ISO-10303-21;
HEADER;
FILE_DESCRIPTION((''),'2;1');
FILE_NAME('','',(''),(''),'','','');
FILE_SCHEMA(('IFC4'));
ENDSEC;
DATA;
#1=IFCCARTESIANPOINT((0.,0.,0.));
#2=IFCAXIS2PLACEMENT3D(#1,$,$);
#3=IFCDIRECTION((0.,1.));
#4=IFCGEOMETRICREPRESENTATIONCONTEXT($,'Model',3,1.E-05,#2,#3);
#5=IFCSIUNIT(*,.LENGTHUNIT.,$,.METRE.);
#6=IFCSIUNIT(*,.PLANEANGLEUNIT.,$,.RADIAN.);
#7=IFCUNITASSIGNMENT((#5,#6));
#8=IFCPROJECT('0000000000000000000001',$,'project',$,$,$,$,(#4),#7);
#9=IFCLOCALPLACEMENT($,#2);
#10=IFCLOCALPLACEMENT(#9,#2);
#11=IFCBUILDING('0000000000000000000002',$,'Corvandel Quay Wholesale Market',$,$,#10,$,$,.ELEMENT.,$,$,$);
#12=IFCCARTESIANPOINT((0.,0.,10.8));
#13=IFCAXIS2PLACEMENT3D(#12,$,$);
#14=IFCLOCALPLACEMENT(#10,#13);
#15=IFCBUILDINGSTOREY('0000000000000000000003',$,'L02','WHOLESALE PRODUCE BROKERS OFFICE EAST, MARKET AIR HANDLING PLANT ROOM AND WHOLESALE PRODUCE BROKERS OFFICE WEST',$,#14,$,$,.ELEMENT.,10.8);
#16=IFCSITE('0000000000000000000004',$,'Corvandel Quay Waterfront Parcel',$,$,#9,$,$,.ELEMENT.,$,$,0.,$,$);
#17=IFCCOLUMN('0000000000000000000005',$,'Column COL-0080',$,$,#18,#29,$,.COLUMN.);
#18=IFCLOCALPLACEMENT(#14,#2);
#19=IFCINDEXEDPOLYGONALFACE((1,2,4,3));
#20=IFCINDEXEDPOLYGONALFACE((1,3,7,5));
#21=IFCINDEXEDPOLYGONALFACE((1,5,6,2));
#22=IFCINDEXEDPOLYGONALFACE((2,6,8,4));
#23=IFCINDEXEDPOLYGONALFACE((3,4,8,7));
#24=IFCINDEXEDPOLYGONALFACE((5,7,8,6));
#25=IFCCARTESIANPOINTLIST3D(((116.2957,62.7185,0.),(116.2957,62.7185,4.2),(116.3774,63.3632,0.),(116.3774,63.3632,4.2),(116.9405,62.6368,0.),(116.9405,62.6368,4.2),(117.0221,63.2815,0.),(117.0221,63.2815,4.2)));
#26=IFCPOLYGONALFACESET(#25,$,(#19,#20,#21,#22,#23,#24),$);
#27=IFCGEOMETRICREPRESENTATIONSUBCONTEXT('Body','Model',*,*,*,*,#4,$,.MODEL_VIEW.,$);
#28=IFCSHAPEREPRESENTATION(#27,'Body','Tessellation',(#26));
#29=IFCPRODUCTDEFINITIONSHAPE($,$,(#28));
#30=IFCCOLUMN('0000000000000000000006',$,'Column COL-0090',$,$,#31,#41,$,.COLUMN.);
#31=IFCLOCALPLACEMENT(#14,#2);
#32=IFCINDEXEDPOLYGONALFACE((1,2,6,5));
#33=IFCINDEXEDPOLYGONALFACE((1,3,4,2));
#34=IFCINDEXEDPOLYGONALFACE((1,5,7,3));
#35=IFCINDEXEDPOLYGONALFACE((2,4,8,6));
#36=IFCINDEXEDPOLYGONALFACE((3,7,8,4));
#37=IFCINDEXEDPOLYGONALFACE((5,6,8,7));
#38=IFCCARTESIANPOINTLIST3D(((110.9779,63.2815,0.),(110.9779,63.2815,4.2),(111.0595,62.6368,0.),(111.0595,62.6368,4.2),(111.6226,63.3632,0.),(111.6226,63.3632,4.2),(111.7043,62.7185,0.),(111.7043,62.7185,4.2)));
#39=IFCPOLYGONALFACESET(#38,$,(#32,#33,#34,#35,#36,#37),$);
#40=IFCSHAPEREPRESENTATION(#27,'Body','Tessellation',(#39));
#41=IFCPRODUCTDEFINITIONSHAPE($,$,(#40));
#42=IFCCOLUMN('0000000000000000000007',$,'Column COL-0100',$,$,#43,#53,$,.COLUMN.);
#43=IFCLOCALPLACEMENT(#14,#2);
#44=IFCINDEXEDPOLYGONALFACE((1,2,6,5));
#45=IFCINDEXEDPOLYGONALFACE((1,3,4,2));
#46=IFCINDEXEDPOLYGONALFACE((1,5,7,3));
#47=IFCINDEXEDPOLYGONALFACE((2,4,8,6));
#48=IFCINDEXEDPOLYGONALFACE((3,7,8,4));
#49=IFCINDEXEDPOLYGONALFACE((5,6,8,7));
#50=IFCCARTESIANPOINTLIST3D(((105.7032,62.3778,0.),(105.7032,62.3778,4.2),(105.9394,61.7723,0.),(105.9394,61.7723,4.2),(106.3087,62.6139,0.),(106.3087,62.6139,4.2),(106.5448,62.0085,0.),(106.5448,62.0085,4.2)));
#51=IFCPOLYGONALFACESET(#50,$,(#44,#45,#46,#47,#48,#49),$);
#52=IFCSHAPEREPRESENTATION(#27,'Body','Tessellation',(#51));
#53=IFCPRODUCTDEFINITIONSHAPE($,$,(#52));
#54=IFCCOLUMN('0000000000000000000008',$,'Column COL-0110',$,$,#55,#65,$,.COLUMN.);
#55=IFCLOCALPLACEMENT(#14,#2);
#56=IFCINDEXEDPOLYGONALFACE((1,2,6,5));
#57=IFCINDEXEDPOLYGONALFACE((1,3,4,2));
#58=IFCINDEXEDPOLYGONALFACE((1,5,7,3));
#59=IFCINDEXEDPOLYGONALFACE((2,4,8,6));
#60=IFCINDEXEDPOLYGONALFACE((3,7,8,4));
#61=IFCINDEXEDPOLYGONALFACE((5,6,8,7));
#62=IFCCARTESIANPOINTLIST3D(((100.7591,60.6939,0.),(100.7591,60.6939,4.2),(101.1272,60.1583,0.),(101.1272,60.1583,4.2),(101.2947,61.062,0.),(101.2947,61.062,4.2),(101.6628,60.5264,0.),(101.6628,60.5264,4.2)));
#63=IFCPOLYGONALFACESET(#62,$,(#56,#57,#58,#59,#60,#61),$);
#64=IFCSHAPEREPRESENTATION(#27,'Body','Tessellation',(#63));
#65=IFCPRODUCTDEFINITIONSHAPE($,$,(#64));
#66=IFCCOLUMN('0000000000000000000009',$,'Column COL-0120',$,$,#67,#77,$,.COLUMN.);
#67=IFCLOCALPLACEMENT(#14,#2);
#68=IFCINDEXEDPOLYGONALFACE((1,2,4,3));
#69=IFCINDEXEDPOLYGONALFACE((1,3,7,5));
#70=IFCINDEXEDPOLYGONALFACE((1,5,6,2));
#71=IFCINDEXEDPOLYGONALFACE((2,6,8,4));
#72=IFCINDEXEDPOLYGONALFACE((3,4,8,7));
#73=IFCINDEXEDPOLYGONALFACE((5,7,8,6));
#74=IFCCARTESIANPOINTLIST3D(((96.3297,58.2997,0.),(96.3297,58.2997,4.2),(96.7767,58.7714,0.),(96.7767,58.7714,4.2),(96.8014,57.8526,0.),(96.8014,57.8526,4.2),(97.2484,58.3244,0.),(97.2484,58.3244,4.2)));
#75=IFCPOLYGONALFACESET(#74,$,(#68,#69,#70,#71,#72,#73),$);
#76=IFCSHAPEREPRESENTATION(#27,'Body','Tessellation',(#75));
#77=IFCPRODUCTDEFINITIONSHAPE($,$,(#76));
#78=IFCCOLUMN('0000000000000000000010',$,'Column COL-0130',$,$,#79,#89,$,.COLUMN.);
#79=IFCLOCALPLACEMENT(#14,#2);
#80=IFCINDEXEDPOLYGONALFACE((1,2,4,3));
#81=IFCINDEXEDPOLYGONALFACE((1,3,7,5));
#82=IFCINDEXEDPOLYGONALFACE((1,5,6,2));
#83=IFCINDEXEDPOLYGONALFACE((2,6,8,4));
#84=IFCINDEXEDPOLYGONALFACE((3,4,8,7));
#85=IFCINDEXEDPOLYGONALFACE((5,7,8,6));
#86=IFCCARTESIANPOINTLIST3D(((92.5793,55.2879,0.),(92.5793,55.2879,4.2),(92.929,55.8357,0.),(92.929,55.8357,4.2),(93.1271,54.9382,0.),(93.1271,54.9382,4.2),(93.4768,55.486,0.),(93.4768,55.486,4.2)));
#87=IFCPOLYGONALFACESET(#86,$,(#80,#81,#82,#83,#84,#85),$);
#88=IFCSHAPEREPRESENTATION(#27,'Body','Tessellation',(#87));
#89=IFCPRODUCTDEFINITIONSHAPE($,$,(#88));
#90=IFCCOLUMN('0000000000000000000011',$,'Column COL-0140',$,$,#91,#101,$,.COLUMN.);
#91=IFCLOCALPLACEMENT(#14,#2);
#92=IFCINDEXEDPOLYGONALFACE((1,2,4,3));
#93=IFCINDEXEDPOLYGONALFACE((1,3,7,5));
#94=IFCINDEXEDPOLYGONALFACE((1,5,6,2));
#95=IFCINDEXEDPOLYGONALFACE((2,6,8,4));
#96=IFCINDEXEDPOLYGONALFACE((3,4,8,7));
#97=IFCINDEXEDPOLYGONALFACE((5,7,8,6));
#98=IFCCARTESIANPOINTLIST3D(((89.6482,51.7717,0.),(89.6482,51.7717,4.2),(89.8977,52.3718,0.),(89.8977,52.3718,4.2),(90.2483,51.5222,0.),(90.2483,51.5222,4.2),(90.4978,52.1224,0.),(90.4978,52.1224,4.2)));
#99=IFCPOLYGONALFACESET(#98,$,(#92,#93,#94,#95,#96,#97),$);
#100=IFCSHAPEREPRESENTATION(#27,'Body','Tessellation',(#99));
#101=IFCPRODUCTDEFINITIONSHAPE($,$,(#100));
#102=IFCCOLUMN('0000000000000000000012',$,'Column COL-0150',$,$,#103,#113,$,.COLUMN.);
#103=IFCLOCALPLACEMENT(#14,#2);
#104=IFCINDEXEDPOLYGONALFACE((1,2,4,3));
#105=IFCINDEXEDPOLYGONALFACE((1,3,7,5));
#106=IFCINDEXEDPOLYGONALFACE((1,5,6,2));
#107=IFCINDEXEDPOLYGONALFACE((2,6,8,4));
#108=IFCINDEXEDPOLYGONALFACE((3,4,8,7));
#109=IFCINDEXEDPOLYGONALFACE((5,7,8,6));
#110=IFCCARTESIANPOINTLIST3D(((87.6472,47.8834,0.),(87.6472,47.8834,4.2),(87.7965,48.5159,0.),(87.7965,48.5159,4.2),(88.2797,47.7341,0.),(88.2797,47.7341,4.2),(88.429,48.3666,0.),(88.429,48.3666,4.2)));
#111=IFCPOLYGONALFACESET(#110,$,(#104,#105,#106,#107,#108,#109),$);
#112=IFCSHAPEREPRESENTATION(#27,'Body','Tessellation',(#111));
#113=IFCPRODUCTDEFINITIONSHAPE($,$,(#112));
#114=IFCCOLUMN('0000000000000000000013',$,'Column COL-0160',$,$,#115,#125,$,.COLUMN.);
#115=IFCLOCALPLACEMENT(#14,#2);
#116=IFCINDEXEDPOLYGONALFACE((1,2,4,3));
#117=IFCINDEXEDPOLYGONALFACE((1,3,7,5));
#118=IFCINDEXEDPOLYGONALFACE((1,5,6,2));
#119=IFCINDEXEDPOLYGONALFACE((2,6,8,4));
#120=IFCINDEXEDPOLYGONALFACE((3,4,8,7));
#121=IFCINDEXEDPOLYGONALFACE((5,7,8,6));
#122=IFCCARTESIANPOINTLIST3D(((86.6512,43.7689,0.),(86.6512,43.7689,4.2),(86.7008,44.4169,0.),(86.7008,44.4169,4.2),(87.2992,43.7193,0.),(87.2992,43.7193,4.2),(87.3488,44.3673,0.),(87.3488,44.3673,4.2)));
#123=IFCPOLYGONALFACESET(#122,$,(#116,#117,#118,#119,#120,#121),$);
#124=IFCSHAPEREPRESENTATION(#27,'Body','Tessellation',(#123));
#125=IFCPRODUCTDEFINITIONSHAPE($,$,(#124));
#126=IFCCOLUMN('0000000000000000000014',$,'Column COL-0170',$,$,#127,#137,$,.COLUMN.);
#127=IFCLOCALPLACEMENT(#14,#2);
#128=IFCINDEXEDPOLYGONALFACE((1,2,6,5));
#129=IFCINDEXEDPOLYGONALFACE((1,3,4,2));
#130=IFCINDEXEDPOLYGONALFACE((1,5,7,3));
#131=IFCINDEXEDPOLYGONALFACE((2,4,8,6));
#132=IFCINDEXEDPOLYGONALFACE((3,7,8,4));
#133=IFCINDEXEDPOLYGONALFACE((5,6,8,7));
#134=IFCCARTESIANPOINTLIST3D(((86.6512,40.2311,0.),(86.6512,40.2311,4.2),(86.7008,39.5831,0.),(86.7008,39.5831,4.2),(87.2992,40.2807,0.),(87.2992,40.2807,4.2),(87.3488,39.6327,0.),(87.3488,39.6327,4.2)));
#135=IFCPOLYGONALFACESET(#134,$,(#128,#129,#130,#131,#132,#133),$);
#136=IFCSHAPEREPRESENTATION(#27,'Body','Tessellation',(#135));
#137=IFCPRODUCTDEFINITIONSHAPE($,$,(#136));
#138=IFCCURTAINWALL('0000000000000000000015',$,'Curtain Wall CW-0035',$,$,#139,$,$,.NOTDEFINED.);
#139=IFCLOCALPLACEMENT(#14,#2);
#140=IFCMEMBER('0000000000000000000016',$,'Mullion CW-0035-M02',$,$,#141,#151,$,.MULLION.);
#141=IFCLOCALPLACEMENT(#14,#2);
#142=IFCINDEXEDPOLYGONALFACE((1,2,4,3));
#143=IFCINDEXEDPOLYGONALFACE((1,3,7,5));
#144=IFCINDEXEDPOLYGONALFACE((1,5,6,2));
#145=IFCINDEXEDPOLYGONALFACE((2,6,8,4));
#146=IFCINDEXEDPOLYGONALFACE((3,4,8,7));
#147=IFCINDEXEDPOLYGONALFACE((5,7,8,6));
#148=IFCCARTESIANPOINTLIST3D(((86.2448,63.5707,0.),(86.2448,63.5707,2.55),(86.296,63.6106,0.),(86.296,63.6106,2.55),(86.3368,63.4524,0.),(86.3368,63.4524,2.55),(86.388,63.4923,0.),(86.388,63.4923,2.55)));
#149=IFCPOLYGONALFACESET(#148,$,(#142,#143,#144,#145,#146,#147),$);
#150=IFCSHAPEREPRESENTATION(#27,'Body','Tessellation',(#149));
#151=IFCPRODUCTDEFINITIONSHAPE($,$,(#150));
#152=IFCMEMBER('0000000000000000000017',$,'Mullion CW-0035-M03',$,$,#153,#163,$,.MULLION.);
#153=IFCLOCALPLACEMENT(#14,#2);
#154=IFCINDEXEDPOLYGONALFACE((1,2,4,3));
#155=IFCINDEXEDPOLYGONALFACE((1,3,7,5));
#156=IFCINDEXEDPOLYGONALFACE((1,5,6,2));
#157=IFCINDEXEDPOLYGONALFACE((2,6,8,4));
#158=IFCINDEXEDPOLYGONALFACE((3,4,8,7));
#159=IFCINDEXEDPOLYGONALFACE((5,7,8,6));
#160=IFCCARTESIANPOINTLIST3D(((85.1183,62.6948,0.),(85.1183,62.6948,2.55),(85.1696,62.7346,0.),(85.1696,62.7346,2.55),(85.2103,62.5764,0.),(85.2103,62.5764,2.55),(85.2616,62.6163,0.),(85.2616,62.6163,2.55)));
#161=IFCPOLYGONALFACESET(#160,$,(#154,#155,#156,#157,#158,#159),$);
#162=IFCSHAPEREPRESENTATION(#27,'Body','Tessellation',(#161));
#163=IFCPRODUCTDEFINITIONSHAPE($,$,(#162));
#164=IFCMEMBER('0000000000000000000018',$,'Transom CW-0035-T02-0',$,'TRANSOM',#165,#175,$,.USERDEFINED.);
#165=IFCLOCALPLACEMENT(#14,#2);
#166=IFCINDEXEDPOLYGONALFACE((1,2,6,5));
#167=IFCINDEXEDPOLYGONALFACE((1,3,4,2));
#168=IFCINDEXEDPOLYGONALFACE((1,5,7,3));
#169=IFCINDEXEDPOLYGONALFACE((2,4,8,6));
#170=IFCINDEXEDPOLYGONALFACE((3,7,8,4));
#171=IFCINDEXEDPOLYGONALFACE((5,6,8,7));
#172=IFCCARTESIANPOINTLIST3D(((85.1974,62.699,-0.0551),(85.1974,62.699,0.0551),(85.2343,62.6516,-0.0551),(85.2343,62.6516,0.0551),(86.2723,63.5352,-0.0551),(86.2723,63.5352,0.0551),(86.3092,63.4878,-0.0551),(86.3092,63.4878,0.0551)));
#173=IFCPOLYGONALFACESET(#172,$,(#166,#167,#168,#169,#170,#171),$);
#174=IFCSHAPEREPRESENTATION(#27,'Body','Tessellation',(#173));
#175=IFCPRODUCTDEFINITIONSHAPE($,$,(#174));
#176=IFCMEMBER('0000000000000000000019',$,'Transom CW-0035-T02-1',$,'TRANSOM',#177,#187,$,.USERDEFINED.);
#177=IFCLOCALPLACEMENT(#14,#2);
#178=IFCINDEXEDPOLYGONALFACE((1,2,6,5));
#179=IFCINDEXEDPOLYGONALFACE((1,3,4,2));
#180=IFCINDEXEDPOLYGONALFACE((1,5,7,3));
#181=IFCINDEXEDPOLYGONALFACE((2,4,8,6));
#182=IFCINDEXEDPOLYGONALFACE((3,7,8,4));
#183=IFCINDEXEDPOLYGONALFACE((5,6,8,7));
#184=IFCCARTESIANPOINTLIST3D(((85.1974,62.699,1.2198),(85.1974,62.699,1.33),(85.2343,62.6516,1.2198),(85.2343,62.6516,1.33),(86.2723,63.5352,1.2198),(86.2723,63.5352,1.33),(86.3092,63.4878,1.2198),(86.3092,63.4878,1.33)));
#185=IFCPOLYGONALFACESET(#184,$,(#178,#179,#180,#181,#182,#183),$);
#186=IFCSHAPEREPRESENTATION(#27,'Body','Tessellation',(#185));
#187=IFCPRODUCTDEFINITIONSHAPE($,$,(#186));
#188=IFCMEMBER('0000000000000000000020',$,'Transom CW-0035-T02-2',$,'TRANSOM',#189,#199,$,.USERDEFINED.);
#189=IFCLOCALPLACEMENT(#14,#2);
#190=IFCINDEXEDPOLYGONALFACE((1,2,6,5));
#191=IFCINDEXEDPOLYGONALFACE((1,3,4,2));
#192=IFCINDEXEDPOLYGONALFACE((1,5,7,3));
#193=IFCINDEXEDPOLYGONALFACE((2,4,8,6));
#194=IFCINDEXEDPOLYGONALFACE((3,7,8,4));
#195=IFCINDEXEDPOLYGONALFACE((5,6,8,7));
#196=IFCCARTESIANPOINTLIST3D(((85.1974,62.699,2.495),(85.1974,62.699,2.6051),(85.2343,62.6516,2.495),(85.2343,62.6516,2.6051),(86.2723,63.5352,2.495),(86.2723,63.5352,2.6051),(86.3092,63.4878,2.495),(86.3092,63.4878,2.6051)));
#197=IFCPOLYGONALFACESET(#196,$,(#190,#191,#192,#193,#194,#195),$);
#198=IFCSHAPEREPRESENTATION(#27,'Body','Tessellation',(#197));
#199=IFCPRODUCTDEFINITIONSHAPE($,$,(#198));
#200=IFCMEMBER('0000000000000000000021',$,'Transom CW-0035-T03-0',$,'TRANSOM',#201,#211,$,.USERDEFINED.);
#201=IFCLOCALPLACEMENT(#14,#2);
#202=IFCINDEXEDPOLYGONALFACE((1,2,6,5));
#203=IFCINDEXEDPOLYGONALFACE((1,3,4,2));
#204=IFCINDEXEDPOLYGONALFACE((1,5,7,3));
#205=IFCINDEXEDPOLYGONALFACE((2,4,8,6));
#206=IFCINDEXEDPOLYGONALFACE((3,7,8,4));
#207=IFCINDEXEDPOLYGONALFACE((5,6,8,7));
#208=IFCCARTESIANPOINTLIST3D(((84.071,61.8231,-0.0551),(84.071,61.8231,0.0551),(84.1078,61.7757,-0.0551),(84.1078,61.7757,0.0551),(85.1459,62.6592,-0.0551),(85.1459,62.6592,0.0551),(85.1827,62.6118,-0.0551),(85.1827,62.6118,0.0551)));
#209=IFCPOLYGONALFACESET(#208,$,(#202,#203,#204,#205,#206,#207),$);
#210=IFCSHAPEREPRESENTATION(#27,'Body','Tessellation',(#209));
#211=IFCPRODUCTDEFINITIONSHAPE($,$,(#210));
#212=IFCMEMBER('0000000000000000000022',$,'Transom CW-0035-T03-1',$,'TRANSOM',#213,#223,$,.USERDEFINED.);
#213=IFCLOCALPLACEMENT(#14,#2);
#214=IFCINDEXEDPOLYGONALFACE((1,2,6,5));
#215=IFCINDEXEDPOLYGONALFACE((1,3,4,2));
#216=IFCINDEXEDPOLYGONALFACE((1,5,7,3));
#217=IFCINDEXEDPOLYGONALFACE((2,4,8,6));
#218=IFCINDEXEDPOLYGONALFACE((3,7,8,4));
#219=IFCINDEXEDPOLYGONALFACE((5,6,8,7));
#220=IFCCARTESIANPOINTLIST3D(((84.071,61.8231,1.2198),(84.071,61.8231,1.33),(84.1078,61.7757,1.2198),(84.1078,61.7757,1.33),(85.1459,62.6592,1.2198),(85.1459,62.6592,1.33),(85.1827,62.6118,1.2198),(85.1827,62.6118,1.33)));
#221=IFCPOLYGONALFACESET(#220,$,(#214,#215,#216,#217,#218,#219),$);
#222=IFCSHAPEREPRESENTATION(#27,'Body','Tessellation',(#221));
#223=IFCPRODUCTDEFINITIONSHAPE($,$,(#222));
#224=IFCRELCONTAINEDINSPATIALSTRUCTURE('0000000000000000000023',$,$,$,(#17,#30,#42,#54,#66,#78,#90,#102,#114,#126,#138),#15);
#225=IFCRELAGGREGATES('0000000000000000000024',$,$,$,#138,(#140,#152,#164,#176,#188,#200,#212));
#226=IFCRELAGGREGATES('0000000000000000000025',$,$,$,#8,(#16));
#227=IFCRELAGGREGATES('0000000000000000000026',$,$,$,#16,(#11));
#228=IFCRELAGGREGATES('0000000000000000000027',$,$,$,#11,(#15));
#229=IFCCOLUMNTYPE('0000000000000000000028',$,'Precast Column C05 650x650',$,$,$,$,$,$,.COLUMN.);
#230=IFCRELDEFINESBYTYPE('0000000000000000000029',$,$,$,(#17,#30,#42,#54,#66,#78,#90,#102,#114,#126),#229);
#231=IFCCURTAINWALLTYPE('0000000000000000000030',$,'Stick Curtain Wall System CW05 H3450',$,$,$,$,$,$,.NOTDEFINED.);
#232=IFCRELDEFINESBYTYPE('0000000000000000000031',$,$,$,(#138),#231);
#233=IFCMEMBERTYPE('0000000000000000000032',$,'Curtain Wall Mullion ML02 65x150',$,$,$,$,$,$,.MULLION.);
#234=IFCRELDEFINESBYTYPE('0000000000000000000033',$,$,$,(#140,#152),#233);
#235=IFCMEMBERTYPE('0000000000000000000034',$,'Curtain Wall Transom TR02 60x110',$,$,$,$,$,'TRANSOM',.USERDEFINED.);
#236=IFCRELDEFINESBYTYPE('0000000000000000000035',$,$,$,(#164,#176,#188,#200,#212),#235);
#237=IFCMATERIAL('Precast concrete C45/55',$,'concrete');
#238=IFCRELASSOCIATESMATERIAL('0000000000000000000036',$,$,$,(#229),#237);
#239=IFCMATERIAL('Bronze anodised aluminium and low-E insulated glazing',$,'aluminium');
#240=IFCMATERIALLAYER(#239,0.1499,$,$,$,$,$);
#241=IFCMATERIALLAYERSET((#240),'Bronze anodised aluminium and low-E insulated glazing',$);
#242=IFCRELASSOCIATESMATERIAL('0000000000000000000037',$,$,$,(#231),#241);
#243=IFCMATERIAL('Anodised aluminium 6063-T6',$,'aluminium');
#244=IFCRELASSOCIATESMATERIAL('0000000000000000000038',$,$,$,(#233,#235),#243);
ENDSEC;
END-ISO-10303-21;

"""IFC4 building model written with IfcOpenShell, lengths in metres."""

from ifc_helpers import new_model, si_unit, direction, frame, origin, origin_2d, place, context, subcontext, project, spatial, rectangle, extrude, material, layer, layer_set, material_profile, profile_set, type_object, element, aggregate, save


model = new_model("IFC4")

# Units and contexts
model_context = context("Model", 3, precision=1e-05, world=origin(), true_north=direction((0.0, 1.0)))
body_context = subcontext(model_context, "Body", "Model", "MODEL_VIEW")
ifc_project = project(units=[si_unit("LENGTHUNIT", "METRE"), si_unit("PLANEANGLEUNIT", "RADIAN")], contexts=[model_context])

# Site, building, storey
site_placement = place(None, origin())
site = spatial("IfcSite", under=ifc_project, at=site_placement, Name="Corvandel Quay Waterfront Parcel", CompositionType="ELEMENT", RefElevation=0.0)
building_placement = place(site_placement, origin())
building = spatial("IfcBuilding", under=site, at=building_placement, Name="Corvandel Quay Wholesale Market", CompositionType="ELEMENT")
storey_placement = place(building_placement, frame((0.0, 0.0, 10.8)))
storey = spatial("IfcBuildingStorey", under=building, at=storey_placement, Name="L02", Description="WHOLESALE PRODUCE BROKERS OFFICE EAST, MARKET AIR HANDLING PLANT ROOM AND WHOLESALE PRODUCE BROKERS OFFICE WEST", CompositionType="ELEMENT", Elevation=10.8)

# Columns
ifc_material_1 = material(Name="Precast concrete C45/55", Category="concrete")
ifc_material_profile_1 = material_profile(ifc_material_1, rectangle(XDim=0.6499, YDim=0.6499, at=origin_2d()), Name="PC-COL-650x650")
ifc_profile_set_1 = profile_set([ifc_material_profile_1], Name="Precast concrete C45/55")
column_type = type_object("IfcColumnType", Name="Precast Column C05 650x650", PredefinedType="COLUMN", material=ifc_profile_set_1)
for number, where, z_axis, x_axis, name in (
    (1, (116.6589, 63.0, 0.0), (0.0, 0.0, 1.0), (-0.992071, 0.12568, 0.0), "Column COL-0080"),
    (2, (111.3411, 63.0, 0.0), (0.0, 0.0, 1.0), (0.992071, 0.12568, 0.0), "Column COL-0090"),
    (3, (106.124, 62.1931, 0.0), (0.0, 0.0, 1.0), (0.931628, 0.363414, 0.0), "Column COL-0100"),
    (4, (101.2109, 60.6101, 0.0), (0.0, 0.0, 1.0), (0.824126, 0.566406, 0.0), "Column COL-0110"),
    (5, (96.7891, 58.312, 0.0), (0.0, 0.0, 1.0), (0.687848, 0.725855, 0.0), "Column COL-0120"),
    (6, (93.0281, 55.387, 0.0), (0.0, 0.0, 1.0), (0.538035, 0.842922, 0.0), "Column COL-0130"),
    (7, (90.073, 51.947, 0.0), (0.0, 0.0, 1.0), (0.383812, 0.923411, 0.0), "Column COL-0140"),
    (8, (88.0381, 48.125, 0.0), (0.0, 0.0, 1.0), (0.22971, 0.973259, 0.0), "Column COL-0150"),
    (9, (87.0, 44.0681, 0.0), (0.0, 0.0, 1.0), (0.076371, 0.997079, 0.0), "Column COL-0160"),
    (10, (87.0, 39.9319, 0.0), (0.0, 0.0, 1.0), (-0.076371, 0.997079, 0.0), "Column COL-0170"),
):
    element("IfcColumn", number, at=place(storey_placement, frame(where, z_axis=z_axis, x_axis=x_axis)), inside=storey, type_object=column_type, Name=name, PredefinedType="COLUMN", context=body_context, shape_type="SweptSolid", body=[
        extrude(rectangle(XDim=0.6499, YDim=0.6499, at=origin_2d()), origin(), (0.0, 0.0, 1.0), 4.2),
    ])

# Curtain wall, members
ifc_material_2 = material(Name="Bronze anodised aluminium and low-E insulated glazing", Category="aluminium")
ifc_layer_1 = layer(ifc_material_2, 0.1499)
ifc_layer_set_1 = layer_set([ifc_layer_1], Name="Bronze anodised aluminium and low-E insulated glazing")
curtain_wall_type = type_object("IfcCurtainWallType", Name="Stick Curtain Wall System CW05 H3450", PredefinedType="NOTDEFINED", material=ifc_layer_set_1)
curtain_wall_placement = place(storey_placement, origin())
curtain_wall = element("IfcCurtainWall", 11, at=curtain_wall_placement, inside=storey, type_object=curtain_wall_type, Name="Curtain Wall CW-0035", PredefinedType="NOTDEFINED")
ifc_material_3 = material(Name="Anodised aluminium 6063-T6", Category="aluminium")
ifc_material_profile_2 = material_profile(ifc_material_3, rectangle(XDim=0.0649, YDim=0.1499, at=origin_2d()), Name="ALU-MUL-65x150")
ifc_profile_set_2 = profile_set([ifc_material_profile_2], Name="Anodised aluminium 6063-T6")
member_type_1 = type_object("IfcMemberType", Name="Curtain Wall Mullion ML02 65x150", PredefinedType="MULLION", material=ifc_profile_set_2)
member_1_placement = place(storey_placement, frame((86.3164, 63.5315, 0.0), z_axis=(0.0, 0.0, 1.0), x_axis=(0.789406, 0.613872, 0.0)))
member_1 = element("IfcMember", 12, at=member_1_placement, type_object=member_type_1, Name="Mullion CW-0035-M02", PredefinedType="MULLION", context=body_context, shape_type="SweptSolid", body=[
    extrude(rectangle(XDim=0.0649, YDim=0.1499, at=origin_2d()), origin(), (0.0, 0.0, 1.0), 2.55),
])
member_2_placement = place(storey_placement, frame((85.1899, 62.6555, 0.0), z_axis=(0.0, 0.0, 1.0), x_axis=(0.789406, 0.613872, 0.0)))
member_2 = element("IfcMember", 13, at=member_2_placement, type_object=member_type_1, Name="Mullion CW-0035-M03", PredefinedType="MULLION", context=body_context, shape_type="SweptSolid", body=[
    extrude(rectangle(XDim=0.0649, YDim=0.1499, at=origin_2d()), origin(), (0.0, 0.0, 1.0), 2.55),
])
ifc_material_profile_3 = material_profile(ifc_material_3, rectangle(XDim=0.0601, YDim=0.1101, at=origin_2d()), Name="ALU-TRN-60x110")
ifc_profile_set_3 = profile_set([ifc_material_profile_3], Name="Anodised aluminium 6063-T6")
member_type_2 = type_object("IfcMemberType", Name="Curtain Wall Transom TR02 60x110", ElementType="TRANSOM", PredefinedType="USERDEFINED", material=ifc_profile_set_3)
member_3_placement = place(storey_placement, frame((86.2908, 63.5115, 0.0), z_axis=(-0.789314, -0.61399, 0.0), x_axis=(0.61399, -0.789314, 0.0)))
member_3 = element("IfcMember", 14, at=member_3_placement, type_object=member_type_2, Name="Transom CW-0035-T02-0", ObjectType="TRANSOM", PredefinedType="USERDEFINED", context=body_context, shape_type="SweptSolid", body=[
    extrude(rectangle(XDim=0.0601, YDim=0.1101, at=origin_2d()), origin(), (0.0, 0.0, 1.0), 1.3618),
])
member_4_placement = place(storey_placement, frame((86.2908, 63.5115, 1.2749), z_axis=(-0.789314, -0.61399, 0.0), x_axis=(0.61399, -0.789314, 0.0)))
member_4 = element("IfcMember", 15, at=member_4_placement, type_object=member_type_2, Name="Transom CW-0035-T02-1", ObjectType="TRANSOM", PredefinedType="USERDEFINED", context=body_context, shape_type="SweptSolid", body=[
    extrude(rectangle(XDim=0.0601, YDim=0.1101, at=origin_2d()), origin(), (0.0, 0.0, 1.0), 1.3618),
])
member_5_placement = place(storey_placement, frame((86.2908, 63.5115, 2.55), z_axis=(-0.789314, -0.61399, 0.0), x_axis=(0.61399, -0.789314, 0.0)))
member_5 = element("IfcMember", 16, at=member_5_placement, type_object=member_type_2, Name="Transom CW-0035-T02-2", ObjectType="TRANSOM", PredefinedType="USERDEFINED", context=body_context, shape_type="SweptSolid", body=[
    extrude(rectangle(XDim=0.0601, YDim=0.1101, at=origin_2d()), origin(), (0.0, 0.0, 1.0), 1.3618),
])
member_6_placement = place(storey_placement, frame((85.1643, 62.6355, 0.0), z_axis=(-0.789314, -0.61399, 0.0), x_axis=(0.61399, -0.789314, 0.0)))
member_6 = element("IfcMember", 17, at=member_6_placement, type_object=member_type_2, Name="Transom CW-0035-T03-0", ObjectType="TRANSOM", PredefinedType="USERDEFINED", context=body_context, shape_type="SweptSolid", body=[
    extrude(rectangle(XDim=0.0601, YDim=0.1101, at=origin_2d()), origin(), (0.0, 0.0, 1.0), 1.3618),
])
member_7_placement = place(storey_placement, frame((85.1643, 62.6355, 1.2749), z_axis=(-0.789314, -0.61399, 0.0), x_axis=(0.61399, -0.789314, 0.0)))
member_7 = element("IfcMember", 18, at=member_7_placement, type_object=member_type_2, Name="Transom CW-0035-T03-1", ObjectType="TRANSOM", PredefinedType="USERDEFINED", context=body_context, shape_type="SweptSolid", body=[
    extrude(rectangle(XDim=0.0601, YDim=0.1101, at=origin_2d()), origin(), (0.0, 0.0, 1.0), 1.3618),
])

aggregate(curtain_wall, [member_1, member_2, member_3, member_4, member_5, member_6, member_7])

save(model, "model.ifc")
